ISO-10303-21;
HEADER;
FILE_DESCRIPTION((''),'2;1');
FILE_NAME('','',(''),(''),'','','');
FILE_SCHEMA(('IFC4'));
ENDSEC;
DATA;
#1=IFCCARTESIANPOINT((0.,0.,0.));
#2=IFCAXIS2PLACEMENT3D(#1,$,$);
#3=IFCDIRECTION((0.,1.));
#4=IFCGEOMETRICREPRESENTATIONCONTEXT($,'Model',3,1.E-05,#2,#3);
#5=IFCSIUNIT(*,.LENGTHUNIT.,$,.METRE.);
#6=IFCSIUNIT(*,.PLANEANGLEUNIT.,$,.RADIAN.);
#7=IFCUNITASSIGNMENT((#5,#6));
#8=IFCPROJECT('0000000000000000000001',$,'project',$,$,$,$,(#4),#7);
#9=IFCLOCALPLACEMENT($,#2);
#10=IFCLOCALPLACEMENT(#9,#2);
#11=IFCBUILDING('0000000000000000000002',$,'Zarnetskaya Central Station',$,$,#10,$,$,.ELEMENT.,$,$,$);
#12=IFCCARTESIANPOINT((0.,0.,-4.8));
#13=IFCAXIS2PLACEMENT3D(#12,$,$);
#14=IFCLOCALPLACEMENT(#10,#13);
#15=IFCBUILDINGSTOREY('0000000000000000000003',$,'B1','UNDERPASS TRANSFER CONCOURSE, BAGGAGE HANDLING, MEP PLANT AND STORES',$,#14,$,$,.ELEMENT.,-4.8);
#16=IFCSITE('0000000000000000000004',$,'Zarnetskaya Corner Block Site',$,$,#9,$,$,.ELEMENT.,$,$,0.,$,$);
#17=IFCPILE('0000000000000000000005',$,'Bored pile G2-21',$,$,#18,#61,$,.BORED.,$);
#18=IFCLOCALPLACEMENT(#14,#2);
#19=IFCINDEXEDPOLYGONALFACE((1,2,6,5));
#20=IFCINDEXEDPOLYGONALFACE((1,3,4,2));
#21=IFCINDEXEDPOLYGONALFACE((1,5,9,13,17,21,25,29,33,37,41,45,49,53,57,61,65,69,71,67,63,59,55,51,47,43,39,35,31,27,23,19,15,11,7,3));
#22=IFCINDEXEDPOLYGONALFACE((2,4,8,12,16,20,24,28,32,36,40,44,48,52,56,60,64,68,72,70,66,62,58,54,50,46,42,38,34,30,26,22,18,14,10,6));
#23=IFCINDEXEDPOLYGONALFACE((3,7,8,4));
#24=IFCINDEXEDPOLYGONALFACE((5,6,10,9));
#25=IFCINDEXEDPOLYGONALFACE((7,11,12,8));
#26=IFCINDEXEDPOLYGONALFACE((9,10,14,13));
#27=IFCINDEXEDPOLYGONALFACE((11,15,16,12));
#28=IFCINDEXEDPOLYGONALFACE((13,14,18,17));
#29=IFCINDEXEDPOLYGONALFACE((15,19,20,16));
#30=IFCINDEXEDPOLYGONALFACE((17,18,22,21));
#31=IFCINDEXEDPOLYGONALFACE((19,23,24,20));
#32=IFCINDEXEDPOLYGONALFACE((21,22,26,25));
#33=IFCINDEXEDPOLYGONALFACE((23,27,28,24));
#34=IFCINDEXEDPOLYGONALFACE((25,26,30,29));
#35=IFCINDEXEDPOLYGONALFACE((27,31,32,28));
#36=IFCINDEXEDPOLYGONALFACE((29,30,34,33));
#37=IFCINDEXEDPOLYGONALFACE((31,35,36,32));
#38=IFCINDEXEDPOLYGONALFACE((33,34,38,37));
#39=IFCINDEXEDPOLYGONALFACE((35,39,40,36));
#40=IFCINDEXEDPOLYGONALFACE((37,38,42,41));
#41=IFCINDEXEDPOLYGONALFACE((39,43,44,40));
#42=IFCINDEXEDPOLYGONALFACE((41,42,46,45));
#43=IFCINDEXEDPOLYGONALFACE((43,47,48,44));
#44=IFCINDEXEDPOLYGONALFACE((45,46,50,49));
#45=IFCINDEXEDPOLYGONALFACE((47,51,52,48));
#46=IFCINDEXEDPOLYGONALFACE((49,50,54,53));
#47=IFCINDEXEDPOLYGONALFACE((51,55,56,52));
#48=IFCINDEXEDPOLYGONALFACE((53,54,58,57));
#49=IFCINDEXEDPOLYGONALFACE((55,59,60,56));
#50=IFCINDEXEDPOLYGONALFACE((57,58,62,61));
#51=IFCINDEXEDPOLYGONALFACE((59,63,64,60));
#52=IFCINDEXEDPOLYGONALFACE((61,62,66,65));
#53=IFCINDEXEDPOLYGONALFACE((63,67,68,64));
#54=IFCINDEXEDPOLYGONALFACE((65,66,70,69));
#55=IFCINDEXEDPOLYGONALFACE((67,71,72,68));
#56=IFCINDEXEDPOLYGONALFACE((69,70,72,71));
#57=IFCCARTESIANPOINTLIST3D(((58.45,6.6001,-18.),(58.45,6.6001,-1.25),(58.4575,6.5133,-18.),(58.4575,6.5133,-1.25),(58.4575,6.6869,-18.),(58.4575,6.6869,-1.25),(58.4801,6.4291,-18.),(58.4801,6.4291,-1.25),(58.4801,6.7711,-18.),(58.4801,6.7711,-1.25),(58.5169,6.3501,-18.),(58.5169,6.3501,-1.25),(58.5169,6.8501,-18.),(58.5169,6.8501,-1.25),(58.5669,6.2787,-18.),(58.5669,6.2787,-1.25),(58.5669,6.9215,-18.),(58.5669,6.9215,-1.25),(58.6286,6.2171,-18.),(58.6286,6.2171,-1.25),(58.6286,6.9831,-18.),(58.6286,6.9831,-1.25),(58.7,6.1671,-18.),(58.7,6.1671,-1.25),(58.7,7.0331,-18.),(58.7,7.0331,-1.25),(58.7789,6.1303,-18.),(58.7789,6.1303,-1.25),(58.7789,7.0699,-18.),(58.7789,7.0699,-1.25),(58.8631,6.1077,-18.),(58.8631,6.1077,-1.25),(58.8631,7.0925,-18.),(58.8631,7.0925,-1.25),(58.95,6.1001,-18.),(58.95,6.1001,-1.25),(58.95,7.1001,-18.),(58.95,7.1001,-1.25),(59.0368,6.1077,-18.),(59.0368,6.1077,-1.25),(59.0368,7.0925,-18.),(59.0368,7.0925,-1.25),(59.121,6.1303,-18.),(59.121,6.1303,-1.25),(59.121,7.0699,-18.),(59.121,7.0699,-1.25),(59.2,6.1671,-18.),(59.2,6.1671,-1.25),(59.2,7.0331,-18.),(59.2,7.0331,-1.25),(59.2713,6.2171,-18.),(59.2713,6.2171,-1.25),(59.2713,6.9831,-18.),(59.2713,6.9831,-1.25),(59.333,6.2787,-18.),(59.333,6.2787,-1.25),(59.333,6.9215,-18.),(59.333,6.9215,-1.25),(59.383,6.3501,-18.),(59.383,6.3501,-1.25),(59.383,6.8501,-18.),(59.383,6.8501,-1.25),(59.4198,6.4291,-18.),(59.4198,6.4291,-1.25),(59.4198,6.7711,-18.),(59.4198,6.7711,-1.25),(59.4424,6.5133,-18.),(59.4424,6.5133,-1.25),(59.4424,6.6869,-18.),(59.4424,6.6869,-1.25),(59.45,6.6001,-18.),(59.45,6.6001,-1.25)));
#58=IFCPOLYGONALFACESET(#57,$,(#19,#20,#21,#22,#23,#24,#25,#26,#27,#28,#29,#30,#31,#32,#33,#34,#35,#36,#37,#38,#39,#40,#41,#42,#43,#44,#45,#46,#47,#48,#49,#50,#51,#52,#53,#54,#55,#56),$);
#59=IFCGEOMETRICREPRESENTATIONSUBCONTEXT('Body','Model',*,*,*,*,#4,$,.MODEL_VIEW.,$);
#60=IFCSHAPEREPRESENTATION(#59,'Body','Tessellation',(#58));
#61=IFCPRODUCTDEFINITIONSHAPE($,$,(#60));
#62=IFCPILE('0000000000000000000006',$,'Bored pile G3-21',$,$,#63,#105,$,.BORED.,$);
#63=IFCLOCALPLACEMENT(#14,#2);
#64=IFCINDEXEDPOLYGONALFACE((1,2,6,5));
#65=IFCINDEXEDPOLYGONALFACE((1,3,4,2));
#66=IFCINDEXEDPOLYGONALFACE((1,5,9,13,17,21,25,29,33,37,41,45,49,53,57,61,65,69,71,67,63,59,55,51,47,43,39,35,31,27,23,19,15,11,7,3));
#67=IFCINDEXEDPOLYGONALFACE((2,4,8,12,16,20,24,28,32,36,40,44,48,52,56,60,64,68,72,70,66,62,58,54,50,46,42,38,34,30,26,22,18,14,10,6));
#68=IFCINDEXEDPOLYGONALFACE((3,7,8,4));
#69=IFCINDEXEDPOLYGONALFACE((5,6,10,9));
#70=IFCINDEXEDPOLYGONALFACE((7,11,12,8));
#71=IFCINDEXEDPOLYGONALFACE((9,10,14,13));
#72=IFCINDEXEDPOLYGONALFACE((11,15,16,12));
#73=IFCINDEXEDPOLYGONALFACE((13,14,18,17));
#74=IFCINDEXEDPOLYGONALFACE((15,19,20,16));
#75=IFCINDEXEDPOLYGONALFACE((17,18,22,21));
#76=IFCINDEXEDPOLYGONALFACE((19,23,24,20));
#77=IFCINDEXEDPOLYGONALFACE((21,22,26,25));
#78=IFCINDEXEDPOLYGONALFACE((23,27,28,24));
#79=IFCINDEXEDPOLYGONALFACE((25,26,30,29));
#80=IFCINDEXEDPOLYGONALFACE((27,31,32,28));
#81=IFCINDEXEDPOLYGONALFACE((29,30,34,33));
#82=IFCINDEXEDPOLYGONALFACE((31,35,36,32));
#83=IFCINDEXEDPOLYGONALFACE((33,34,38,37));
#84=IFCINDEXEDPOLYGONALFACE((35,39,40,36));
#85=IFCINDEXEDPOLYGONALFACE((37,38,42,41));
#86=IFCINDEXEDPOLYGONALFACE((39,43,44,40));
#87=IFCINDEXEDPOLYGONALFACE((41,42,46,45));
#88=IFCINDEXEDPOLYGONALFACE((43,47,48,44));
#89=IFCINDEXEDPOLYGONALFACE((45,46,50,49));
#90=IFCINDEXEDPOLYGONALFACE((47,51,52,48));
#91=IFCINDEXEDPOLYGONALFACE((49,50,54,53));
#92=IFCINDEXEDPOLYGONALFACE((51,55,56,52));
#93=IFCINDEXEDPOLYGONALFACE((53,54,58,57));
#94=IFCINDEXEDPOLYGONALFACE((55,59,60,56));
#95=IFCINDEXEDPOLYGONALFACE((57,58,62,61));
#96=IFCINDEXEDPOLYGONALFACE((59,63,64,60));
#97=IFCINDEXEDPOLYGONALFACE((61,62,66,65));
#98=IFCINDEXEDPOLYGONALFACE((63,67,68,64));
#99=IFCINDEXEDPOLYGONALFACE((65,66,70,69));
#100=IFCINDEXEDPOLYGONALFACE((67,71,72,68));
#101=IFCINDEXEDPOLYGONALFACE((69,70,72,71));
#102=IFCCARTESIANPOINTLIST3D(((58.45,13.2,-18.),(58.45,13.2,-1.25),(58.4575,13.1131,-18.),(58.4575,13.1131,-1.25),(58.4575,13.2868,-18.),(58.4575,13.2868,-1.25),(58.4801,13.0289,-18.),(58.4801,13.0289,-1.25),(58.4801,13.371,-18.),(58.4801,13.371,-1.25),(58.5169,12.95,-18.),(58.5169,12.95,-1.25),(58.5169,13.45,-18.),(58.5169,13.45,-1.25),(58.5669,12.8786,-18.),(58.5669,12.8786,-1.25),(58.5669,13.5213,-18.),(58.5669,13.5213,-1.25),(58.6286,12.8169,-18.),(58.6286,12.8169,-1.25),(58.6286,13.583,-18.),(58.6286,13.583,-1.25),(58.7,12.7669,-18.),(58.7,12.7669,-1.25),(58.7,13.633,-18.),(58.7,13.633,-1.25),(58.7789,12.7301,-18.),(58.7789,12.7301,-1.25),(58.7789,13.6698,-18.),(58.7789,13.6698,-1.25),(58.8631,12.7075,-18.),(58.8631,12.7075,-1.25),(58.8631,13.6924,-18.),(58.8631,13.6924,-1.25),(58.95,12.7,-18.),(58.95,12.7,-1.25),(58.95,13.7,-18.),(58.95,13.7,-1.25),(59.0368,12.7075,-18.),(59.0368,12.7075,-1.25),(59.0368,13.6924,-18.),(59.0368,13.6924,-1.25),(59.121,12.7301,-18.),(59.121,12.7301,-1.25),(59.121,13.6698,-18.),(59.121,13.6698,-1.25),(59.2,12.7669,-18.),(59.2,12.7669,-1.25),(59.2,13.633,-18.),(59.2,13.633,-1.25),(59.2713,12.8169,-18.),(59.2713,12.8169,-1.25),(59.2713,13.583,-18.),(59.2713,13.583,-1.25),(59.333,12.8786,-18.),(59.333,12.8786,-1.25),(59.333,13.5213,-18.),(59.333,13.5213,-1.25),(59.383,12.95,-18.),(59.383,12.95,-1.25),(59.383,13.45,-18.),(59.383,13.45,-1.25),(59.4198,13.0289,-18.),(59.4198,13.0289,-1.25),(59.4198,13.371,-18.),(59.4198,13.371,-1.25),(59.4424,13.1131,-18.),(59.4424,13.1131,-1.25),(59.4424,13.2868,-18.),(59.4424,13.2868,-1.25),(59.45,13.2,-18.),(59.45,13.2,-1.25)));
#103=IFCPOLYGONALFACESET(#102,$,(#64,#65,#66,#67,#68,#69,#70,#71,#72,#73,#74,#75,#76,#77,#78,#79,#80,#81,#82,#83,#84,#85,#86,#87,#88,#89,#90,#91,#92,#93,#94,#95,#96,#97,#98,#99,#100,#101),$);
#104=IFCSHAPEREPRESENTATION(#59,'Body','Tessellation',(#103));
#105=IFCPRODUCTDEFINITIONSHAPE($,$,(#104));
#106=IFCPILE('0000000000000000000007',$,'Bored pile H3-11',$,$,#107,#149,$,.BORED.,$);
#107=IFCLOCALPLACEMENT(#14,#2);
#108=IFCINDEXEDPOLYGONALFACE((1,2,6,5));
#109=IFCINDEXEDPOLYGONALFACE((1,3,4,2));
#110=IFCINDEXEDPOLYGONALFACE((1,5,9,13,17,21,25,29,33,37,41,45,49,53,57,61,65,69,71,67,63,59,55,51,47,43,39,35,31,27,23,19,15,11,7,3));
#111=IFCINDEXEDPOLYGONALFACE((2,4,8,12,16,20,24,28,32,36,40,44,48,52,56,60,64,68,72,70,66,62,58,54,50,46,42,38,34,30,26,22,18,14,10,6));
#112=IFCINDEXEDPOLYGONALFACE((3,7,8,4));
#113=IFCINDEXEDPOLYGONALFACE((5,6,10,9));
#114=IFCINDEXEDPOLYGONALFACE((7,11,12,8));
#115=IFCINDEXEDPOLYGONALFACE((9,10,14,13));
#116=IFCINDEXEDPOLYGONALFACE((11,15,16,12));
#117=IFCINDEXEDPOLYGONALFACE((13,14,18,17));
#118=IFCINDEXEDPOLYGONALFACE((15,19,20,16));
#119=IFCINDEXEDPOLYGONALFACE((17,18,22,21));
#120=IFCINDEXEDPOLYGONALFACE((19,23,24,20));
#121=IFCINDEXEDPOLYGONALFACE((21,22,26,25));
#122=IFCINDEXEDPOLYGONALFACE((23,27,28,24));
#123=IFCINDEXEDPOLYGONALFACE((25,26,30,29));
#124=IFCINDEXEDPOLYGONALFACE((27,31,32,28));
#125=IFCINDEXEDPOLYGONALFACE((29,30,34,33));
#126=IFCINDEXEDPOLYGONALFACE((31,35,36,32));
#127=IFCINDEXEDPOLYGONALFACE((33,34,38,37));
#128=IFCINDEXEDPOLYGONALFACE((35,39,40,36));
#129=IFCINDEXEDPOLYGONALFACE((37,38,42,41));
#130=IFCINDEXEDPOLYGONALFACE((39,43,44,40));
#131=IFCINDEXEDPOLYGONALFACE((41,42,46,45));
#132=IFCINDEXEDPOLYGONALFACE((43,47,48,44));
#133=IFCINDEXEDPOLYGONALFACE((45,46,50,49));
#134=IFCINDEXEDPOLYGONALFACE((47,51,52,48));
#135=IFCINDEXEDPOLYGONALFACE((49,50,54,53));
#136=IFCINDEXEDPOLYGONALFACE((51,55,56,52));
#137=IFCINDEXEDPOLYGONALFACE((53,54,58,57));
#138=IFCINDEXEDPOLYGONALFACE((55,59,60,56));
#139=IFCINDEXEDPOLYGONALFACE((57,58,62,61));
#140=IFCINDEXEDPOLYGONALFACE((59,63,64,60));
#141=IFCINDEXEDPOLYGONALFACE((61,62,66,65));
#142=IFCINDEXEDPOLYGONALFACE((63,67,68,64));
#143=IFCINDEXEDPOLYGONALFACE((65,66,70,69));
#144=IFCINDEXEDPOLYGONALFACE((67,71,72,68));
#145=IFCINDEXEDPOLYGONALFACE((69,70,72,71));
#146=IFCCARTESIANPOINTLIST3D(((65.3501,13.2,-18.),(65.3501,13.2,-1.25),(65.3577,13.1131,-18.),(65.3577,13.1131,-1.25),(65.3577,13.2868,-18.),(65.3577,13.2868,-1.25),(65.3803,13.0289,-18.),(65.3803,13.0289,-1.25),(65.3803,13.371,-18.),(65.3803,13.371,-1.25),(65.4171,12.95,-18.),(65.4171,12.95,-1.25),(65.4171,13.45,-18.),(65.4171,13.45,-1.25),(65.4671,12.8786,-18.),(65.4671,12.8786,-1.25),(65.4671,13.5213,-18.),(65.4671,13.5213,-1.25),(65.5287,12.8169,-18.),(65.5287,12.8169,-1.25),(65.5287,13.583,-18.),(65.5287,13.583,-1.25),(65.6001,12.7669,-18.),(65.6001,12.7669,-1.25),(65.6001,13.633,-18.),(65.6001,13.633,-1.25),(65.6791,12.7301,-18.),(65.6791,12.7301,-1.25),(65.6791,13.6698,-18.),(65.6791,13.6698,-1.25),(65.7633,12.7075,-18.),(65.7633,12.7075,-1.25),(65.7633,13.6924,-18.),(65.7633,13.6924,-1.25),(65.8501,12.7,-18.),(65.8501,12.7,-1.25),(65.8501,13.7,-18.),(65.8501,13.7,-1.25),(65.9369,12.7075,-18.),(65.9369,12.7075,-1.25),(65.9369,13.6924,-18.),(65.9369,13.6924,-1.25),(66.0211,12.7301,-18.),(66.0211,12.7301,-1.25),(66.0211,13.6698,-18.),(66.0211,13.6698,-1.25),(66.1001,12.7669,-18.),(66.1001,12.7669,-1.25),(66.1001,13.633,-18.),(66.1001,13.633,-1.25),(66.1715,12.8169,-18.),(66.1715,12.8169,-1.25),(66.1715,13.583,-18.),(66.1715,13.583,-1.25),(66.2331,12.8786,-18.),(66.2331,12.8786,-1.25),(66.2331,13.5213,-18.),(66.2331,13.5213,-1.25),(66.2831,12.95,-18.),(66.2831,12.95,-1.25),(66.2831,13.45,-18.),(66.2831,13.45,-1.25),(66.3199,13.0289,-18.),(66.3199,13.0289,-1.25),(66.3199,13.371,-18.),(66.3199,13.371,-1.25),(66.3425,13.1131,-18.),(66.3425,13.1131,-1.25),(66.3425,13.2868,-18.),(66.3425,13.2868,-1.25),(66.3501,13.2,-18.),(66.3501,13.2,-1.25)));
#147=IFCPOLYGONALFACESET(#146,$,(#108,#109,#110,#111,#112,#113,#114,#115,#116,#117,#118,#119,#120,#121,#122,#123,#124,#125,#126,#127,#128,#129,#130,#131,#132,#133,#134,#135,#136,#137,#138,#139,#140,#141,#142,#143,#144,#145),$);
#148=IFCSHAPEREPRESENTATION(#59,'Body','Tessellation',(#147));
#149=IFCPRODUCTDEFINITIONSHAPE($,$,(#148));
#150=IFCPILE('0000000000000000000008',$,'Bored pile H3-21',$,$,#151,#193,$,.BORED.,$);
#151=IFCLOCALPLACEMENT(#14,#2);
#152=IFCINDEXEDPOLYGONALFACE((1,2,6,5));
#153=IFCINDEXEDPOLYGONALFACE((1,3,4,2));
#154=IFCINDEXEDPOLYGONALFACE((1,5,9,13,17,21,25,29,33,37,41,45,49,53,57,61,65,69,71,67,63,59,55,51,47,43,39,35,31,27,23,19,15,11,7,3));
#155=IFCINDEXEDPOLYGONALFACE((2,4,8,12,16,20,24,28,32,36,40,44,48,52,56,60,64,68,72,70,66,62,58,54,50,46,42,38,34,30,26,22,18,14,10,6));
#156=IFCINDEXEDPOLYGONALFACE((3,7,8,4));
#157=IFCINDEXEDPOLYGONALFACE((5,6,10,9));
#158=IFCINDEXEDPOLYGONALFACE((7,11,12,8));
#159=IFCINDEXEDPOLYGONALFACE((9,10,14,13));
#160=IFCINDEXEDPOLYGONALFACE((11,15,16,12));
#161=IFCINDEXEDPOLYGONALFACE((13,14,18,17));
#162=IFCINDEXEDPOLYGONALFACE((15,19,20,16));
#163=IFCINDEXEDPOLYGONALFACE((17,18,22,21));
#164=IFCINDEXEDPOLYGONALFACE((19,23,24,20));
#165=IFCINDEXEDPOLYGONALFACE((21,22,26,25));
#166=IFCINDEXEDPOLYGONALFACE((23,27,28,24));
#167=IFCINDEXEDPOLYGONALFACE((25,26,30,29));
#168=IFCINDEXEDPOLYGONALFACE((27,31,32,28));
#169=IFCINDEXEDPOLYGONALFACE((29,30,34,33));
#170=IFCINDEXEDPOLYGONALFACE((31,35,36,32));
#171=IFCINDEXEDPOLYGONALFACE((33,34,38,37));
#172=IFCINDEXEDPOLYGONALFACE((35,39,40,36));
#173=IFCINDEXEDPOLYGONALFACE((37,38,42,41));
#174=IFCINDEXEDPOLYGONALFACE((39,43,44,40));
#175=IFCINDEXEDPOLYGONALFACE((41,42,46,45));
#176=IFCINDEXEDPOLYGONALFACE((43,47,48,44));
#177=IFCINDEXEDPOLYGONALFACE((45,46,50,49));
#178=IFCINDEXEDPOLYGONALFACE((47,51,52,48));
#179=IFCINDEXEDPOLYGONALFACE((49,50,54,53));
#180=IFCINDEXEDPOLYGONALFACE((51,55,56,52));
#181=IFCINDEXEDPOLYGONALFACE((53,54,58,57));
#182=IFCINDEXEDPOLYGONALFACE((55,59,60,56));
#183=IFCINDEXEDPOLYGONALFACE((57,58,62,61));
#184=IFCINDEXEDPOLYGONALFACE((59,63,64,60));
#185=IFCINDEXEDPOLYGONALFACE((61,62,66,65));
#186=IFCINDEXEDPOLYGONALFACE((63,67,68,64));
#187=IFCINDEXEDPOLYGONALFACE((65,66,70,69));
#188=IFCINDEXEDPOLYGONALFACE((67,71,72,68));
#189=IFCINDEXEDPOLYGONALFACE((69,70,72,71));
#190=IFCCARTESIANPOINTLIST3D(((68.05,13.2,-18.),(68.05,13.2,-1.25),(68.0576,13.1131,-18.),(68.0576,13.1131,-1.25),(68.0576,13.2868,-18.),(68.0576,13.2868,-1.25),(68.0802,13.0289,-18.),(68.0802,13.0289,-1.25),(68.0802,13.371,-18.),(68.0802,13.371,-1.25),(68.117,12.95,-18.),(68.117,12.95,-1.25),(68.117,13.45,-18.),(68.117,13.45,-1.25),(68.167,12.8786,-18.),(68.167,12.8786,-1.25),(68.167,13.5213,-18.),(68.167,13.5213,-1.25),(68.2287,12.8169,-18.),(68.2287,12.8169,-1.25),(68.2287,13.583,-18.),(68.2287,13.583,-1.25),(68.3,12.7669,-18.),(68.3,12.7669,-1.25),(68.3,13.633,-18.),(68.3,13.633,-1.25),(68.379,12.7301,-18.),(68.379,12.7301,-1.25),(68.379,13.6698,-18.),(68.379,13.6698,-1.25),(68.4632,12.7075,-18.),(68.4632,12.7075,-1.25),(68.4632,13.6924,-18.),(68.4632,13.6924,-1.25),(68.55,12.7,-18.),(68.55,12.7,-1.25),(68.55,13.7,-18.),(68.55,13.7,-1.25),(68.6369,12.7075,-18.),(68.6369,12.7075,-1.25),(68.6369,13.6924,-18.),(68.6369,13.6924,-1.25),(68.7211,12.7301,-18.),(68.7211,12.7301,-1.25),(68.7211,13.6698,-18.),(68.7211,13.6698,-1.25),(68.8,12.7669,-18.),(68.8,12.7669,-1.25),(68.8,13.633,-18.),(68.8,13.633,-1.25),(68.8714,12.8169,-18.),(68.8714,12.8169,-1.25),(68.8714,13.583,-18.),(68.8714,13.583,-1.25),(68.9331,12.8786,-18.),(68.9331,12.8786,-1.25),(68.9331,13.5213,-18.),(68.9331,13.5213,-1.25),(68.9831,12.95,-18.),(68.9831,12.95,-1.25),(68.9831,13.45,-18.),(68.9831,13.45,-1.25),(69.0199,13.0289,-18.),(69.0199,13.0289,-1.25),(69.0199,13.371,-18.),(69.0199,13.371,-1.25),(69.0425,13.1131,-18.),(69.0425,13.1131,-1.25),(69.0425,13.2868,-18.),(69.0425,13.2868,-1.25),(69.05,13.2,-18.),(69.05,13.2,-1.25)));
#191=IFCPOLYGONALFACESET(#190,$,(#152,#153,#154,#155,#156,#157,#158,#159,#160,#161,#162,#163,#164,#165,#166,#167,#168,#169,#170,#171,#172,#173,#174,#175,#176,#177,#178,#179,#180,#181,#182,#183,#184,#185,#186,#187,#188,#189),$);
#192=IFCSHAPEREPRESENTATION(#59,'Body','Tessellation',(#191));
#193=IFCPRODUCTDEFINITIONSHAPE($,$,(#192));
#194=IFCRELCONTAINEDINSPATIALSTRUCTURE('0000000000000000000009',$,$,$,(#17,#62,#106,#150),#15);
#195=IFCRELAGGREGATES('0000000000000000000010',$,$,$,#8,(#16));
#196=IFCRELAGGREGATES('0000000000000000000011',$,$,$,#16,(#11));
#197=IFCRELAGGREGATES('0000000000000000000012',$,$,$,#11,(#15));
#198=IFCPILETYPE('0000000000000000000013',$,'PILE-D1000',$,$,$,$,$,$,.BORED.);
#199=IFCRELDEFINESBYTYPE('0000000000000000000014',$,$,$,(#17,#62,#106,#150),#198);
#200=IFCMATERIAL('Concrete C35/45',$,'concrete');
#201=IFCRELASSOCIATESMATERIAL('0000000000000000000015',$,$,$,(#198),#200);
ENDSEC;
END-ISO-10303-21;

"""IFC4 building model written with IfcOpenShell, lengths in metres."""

from ifc_helpers import new_model, si_unit, direction, frame, origin, origin_2d, place, context, subcontext, project, spatial, circle, extrude, material, material_profile, profile_set, type_object, element, save


model = new_model("IFC4")

# Units and contexts
model_context = context("Model", 3, precision=1e-05, world=origin(), true_north=direction((0.0, 1.0)))
body_context = subcontext(model_context, "Body", "Model", "MODEL_VIEW")
ifc_project = project(units=[si_unit("LENGTHUNIT", "METRE"), si_unit("PLANEANGLEUNIT", "RADIAN")], contexts=[model_context])

# Site, building, storey
site_placement = place(None, origin())
site = spatial("IfcSite", under=ifc_project, at=site_placement, Name="Zarnetskaya Corner Block Site", CompositionType="ELEMENT", RefElevation=0.0)
building_placement = place(site_placement, origin())
building = spatial("IfcBuilding", under=site, at=building_placement, Name="Zarnetskaya Central Station", CompositionType="ELEMENT")
storey_placement = place(building_placement, frame((0.0, 0.0, -4.8)))
storey = spatial("IfcBuildingStorey", under=building, at=storey_placement, Name="B1", Description="UNDERPASS TRANSFER CONCOURSE, BAGGAGE HANDLING, MEP PLANT AND STORES", CompositionType="ELEMENT", Elevation=-4.8)

# Shared definitions
ifc_material_1 = material(Name="Concrete C35/45", Category="concrete")

# Piles
ifc_material_profile_1 = material_profile(ifc_material_1, circle(Radius=0.5, at=origin_2d()), Name="BORED PILE D1000")
ifc_profile_set_1 = profile_set([ifc_material_profile_1], Name="Concrete C35/45")
pile_type_1 = type_object("IfcPileType", Name="PILE-D1000", PredefinedType="BORED", material=ifc_profile_set_1)
for number, where, z_axis, x_axis, name in (
    (1, (58.95, 6.6001, -1.25), (0.0, 0.0, -1.0), (1.0, 0.0, 0.0), "Bored pile G2-21"),
    (2, (58.95, 13.2, -1.25), (0.0, 0.0, -1.0), (1.0, 0.0, 0.0), "Bored pile G3-21"),
    (3, (65.8501, 13.2, -1.25), (0.0, 0.0, -1.0), (1.0, 0.0, 0.0), "Bored pile H3-11"),
    (4, (68.55, 13.2, -1.25), (0.0, 0.0, -1.0), (1.0, 0.0, 0.0), "Bored pile H3-21"),
):
    element("IfcPile", number, at=place(storey_placement, frame(where, z_axis=z_axis, x_axis=x_axis)), inside=storey, type_object=pile_type_1, Name=name, PredefinedType="BORED", context=body_context, shape_type="SweptSolid", body=[
        extrude(circle(Radius=0.5, at=origin_2d()), origin(), (0.0, 0.0, 1.0), 16.75),
    ])

save(model, "model.ifc")
